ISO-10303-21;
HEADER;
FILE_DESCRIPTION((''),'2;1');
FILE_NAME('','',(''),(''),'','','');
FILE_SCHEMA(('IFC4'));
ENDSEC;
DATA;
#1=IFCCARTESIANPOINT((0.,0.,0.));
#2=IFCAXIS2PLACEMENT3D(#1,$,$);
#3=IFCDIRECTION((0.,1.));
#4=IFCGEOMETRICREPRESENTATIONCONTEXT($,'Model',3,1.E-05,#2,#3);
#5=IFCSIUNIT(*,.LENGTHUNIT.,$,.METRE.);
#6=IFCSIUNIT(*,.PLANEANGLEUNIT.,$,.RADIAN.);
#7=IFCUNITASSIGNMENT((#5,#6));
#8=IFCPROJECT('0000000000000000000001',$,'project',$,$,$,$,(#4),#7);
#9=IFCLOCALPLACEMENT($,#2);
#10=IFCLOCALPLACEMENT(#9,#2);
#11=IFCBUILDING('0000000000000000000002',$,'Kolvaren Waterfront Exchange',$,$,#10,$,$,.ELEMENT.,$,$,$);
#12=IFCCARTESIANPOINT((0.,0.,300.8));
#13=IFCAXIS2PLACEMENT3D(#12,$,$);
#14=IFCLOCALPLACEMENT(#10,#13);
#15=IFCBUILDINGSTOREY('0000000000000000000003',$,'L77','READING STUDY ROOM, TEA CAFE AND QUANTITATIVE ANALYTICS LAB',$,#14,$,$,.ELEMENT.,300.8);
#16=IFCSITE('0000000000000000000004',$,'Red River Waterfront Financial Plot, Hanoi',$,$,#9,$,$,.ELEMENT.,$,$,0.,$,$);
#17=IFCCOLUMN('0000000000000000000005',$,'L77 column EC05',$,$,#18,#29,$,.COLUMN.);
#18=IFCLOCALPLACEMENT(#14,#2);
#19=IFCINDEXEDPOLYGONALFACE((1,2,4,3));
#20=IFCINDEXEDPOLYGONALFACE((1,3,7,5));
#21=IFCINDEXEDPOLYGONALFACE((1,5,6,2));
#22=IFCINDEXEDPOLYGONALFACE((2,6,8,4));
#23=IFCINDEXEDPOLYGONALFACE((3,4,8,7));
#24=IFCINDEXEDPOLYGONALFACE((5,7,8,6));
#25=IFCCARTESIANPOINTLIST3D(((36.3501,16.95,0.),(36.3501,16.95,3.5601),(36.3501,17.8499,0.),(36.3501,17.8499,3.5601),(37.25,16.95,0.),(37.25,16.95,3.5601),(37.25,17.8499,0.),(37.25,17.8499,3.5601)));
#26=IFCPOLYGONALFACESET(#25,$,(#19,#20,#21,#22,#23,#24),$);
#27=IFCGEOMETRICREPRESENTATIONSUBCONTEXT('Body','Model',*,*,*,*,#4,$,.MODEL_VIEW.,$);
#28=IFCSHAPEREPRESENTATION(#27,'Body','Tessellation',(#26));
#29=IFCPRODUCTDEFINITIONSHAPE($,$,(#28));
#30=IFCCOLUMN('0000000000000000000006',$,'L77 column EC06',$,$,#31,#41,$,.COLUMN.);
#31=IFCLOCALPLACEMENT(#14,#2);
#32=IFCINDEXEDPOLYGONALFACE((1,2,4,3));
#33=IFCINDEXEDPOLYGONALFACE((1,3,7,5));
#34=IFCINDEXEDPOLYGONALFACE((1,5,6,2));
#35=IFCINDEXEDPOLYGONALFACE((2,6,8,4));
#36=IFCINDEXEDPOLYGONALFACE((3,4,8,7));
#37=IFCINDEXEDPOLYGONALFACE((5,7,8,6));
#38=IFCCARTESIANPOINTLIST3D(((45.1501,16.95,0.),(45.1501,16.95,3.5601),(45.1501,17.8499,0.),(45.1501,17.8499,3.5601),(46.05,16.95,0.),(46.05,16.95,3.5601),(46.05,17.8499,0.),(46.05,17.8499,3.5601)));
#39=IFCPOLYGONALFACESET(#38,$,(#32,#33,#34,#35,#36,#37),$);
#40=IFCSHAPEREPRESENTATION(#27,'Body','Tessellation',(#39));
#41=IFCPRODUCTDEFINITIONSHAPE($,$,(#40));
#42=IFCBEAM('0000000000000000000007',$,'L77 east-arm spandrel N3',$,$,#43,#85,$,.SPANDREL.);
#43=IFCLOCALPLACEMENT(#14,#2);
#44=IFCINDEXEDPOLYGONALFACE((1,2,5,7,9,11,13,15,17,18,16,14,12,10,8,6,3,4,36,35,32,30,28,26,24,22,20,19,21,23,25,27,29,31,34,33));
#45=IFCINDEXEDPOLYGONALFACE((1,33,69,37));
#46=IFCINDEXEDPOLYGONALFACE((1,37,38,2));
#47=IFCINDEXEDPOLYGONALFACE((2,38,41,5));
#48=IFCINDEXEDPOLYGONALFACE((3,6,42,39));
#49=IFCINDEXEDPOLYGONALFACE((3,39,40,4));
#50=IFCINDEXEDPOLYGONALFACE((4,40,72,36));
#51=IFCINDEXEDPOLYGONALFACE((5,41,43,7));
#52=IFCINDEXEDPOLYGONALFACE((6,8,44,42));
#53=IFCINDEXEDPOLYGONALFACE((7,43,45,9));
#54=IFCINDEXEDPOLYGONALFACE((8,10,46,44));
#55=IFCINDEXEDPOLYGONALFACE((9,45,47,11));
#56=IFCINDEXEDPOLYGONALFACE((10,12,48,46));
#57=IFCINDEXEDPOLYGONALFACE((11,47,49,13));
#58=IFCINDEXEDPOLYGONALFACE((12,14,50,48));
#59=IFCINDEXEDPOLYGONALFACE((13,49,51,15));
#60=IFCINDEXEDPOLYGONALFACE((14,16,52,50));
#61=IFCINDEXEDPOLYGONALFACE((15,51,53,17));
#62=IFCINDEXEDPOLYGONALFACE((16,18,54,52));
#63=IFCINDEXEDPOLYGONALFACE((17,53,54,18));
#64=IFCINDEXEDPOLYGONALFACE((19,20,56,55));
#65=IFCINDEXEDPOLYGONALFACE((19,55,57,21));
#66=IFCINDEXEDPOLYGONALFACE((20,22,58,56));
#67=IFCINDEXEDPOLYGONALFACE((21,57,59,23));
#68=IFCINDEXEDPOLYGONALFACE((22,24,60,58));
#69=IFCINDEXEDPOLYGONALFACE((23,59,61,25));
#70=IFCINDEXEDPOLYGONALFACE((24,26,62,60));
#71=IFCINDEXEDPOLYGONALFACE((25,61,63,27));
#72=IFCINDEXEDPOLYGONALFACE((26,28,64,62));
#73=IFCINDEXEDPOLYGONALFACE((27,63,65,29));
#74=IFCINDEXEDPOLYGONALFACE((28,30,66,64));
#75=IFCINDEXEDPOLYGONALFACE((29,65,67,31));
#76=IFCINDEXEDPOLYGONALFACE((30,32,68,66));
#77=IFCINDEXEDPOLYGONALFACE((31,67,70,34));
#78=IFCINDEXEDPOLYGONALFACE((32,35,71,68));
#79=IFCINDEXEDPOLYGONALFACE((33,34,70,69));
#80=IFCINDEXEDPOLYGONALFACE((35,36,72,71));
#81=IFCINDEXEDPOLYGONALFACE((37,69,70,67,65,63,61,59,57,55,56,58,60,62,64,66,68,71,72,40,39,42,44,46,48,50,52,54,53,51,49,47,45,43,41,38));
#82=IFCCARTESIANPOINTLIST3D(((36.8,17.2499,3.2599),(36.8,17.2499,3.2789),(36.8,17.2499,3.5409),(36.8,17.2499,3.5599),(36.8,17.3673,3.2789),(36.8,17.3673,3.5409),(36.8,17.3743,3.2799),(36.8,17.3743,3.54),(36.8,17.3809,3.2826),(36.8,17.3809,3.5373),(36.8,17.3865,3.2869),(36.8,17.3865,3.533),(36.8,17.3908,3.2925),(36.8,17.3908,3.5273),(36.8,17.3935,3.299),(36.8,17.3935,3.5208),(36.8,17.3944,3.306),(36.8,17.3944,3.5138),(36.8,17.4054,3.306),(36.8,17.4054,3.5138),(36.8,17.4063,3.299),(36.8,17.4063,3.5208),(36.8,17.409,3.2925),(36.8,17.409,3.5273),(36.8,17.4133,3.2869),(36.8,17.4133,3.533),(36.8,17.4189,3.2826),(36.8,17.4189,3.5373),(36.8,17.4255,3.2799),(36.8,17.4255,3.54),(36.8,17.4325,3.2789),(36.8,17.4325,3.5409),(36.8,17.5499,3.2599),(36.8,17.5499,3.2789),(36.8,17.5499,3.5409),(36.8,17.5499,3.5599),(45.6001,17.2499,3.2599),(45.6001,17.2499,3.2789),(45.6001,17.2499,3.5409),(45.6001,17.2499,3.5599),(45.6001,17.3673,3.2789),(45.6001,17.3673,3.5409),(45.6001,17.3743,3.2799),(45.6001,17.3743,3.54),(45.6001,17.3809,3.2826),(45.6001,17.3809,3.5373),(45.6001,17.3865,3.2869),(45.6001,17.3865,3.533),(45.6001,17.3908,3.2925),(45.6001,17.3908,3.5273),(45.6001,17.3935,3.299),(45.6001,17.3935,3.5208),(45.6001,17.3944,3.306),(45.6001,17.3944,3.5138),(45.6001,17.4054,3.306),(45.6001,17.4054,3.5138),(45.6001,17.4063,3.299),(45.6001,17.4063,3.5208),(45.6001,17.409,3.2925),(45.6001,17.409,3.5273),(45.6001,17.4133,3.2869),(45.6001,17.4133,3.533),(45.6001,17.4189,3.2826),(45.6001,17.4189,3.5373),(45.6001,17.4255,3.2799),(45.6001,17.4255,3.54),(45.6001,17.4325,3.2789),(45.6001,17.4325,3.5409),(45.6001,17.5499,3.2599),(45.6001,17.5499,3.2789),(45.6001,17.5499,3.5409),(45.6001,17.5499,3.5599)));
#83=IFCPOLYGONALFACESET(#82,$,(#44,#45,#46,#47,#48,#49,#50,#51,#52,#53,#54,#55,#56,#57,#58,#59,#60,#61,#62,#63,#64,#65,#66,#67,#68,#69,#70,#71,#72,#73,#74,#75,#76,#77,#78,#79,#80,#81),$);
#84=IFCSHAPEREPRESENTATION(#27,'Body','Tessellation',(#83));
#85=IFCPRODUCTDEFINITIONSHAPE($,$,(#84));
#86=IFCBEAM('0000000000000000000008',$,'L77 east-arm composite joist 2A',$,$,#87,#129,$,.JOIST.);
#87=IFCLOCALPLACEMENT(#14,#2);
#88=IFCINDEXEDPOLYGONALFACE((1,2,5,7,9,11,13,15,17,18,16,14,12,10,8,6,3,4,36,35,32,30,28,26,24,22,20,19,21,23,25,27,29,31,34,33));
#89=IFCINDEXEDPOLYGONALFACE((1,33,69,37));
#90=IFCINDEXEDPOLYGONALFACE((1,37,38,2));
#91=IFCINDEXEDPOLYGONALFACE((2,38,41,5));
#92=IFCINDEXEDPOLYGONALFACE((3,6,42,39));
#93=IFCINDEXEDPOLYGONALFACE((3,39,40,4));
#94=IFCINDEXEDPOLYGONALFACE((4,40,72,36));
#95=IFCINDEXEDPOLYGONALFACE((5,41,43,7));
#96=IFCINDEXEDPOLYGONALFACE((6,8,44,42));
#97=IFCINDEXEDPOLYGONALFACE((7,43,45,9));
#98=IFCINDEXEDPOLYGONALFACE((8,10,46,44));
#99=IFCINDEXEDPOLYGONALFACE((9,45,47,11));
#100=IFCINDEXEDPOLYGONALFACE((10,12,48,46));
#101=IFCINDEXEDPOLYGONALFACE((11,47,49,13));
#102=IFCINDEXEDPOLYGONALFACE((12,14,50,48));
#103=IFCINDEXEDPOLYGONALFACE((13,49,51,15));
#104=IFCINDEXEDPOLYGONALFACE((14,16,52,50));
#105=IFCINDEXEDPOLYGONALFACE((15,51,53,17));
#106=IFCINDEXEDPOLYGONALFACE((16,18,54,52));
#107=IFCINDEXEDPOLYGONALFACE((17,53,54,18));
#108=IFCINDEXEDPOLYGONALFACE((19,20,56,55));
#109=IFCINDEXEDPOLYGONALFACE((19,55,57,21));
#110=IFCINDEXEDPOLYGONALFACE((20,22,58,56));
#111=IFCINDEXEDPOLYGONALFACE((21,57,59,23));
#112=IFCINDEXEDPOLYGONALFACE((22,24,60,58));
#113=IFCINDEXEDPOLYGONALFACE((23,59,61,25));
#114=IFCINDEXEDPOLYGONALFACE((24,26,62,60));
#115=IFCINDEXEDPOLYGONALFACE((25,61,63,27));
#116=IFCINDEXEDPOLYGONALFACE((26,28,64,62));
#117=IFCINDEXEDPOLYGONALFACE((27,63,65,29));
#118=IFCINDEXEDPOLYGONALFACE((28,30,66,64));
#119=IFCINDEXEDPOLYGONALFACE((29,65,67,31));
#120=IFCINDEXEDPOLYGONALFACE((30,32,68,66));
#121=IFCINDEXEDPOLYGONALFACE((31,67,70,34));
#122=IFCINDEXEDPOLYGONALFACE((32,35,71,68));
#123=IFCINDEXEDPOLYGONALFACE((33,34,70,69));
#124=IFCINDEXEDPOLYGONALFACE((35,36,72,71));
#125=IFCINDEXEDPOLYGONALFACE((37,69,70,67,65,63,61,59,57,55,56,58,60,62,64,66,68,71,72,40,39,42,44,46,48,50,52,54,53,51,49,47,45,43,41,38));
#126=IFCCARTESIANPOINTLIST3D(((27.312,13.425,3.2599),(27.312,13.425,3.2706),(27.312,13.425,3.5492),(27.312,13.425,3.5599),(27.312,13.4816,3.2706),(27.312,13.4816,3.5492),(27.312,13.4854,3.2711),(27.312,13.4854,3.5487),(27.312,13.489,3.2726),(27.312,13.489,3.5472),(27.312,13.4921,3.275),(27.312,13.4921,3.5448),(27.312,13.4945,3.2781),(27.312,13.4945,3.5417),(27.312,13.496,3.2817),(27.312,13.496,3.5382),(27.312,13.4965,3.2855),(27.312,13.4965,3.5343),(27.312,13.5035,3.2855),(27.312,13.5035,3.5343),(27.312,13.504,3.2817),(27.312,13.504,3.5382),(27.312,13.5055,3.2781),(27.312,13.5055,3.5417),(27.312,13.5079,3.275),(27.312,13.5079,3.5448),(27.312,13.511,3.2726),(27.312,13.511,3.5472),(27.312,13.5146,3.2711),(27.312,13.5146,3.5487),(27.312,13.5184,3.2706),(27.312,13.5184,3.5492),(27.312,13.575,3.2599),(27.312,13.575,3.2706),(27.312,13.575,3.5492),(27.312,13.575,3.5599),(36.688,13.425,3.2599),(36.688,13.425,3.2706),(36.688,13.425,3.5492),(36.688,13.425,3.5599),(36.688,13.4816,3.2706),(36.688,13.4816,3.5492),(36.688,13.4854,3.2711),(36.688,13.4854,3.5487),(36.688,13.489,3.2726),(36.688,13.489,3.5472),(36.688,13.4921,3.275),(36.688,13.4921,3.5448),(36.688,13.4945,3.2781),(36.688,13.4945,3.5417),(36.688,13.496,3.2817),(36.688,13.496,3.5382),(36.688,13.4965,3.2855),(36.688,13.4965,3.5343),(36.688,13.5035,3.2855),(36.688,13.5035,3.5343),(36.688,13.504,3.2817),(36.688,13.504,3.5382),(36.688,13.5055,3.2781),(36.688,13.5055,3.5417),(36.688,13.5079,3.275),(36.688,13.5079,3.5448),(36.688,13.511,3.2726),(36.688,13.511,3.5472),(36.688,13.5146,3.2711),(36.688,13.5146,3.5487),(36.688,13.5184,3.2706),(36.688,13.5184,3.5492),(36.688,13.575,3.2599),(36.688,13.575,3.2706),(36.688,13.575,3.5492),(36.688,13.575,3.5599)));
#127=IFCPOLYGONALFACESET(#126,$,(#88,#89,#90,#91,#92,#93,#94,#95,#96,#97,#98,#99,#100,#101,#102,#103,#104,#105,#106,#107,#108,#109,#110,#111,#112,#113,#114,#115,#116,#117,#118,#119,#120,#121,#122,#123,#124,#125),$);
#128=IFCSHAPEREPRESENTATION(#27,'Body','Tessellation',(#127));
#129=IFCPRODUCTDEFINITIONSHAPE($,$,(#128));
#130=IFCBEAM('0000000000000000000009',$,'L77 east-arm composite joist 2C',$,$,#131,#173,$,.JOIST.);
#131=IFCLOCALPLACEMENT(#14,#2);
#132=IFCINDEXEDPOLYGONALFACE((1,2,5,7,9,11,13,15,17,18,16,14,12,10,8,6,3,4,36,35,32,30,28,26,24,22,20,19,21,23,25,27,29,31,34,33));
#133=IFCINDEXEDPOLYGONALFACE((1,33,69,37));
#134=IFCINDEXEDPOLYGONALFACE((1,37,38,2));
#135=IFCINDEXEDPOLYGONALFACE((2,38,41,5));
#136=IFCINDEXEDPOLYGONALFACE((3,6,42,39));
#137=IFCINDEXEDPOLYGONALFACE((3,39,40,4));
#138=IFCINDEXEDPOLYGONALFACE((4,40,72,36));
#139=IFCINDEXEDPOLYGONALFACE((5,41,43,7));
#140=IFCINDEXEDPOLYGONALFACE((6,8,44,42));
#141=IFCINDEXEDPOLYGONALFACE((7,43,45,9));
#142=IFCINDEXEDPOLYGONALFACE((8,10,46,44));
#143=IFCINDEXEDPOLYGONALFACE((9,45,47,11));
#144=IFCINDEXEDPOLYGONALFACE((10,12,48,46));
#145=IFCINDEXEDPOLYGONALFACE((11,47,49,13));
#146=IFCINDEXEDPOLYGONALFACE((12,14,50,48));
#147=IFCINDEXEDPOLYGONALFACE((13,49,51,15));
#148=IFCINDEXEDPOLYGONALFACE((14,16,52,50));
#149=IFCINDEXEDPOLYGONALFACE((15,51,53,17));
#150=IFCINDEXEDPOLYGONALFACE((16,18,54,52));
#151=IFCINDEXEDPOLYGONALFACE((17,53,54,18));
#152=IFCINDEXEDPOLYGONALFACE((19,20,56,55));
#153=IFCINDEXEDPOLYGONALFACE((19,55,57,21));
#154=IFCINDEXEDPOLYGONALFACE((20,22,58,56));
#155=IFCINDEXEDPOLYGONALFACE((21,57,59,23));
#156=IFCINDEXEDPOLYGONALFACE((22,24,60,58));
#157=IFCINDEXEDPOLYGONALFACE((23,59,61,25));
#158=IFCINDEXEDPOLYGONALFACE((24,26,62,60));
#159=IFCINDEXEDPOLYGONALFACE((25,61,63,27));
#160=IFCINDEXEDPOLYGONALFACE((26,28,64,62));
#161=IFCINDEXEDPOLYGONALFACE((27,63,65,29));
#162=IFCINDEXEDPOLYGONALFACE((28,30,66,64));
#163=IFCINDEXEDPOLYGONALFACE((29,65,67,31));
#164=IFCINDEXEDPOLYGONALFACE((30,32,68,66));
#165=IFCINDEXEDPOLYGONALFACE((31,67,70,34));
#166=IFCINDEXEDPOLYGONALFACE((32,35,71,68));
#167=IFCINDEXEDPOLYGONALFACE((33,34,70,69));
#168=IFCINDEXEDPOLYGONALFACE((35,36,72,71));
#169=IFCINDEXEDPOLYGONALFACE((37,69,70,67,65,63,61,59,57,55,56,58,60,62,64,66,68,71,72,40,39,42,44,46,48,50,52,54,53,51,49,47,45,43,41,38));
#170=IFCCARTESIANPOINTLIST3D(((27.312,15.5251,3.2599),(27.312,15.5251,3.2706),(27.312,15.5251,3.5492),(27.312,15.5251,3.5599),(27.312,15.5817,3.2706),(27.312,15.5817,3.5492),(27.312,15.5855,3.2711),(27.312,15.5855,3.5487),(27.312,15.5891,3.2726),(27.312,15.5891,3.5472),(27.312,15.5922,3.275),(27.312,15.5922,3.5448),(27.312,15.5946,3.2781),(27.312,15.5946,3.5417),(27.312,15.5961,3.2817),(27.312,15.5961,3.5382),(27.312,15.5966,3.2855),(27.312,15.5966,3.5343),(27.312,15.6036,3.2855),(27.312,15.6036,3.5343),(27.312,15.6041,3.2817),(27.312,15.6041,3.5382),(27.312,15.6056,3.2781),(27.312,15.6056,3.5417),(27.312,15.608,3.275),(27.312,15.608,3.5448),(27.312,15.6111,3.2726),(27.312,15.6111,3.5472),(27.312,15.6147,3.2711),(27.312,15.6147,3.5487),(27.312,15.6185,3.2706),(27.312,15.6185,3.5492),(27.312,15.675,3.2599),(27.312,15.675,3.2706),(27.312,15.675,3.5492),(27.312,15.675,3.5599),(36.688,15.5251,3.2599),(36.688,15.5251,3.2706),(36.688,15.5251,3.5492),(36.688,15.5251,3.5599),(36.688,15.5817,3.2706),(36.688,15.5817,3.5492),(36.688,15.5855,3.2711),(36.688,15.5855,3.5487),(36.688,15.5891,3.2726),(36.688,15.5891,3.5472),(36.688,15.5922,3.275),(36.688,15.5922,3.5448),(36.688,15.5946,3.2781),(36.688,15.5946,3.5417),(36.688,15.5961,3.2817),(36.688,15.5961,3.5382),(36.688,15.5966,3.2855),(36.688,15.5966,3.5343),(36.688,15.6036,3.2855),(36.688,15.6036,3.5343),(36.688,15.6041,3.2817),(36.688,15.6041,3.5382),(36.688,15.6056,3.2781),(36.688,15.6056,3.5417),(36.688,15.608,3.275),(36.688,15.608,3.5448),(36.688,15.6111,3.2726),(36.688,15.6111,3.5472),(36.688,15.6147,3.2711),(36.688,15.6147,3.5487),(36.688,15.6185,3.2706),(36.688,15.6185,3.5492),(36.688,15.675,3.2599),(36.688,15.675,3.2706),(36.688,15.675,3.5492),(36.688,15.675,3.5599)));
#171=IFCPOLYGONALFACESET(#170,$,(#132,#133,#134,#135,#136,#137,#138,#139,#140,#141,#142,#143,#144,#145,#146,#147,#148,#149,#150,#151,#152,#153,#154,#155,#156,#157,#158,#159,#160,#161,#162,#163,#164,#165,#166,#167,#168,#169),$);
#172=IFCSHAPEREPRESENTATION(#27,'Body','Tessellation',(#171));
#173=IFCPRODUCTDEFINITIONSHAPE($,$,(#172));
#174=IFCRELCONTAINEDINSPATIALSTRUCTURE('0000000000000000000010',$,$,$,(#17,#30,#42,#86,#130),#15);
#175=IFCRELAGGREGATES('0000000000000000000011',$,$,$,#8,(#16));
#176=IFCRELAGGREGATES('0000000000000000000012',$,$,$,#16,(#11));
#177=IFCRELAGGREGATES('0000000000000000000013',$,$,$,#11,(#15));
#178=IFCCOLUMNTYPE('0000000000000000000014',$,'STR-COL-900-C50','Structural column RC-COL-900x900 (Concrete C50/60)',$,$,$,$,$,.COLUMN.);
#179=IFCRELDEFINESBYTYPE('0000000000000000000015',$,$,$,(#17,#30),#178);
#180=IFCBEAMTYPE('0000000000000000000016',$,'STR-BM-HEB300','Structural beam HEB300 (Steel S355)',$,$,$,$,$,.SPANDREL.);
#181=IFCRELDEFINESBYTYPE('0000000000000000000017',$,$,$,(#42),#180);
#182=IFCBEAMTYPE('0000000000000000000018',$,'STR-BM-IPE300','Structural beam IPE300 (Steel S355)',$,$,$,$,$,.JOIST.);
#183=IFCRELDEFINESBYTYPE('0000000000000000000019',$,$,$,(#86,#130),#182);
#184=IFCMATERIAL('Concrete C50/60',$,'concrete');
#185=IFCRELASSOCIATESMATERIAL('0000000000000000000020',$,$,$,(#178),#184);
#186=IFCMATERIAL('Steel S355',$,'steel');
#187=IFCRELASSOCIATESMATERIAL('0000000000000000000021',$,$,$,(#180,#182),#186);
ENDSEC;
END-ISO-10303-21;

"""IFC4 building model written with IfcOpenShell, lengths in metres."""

from ifc_helpers import new_model, si_unit, direction, frame, origin, origin_2d, place, context, subcontext, project, spatial, rectangle, i_section, extrude, material, material_profile, profile_set, type_object, element, save


model = new_model("IFC4")

# Units and contexts
model_context = context("Model", 3, precision=1e-05, world=origin(), true_north=direction((0.0, 1.0)))
body_context = subcontext(model_context, "Body", "Model", "MODEL_VIEW")
ifc_project = project(units=[si_unit("LENGTHUNIT", "METRE"), si_unit("PLANEANGLEUNIT", "RADIAN")], contexts=[model_context])

# Site, building, storey
site_placement = place(None, origin())
site = spatial("IfcSite", under=ifc_project, at=site_placement, Name="Red River Waterfront Financial Plot, Hanoi", CompositionType="ELEMENT", RefElevation=0.0)
building_placement = place(site_placement, origin())
building = spatial("IfcBuilding", under=site, at=building_placement, Name="Kolvaren Waterfront Exchange", CompositionType="ELEMENT")
storey_placement = place(building_placement, frame((0.0, 0.0, 300.8)))
storey = spatial("IfcBuildingStorey", under=building, at=storey_placement, Name="L77", Description="READING STUDY ROOM, TEA CAFE AND QUANTITATIVE ANALYTICS LAB", CompositionType="ELEMENT", Elevation=300.8)

# Columns
ifc_material_1 = material(Name="Concrete C50/60", Category="concrete")
ifc_material_profile_1 = material_profile(ifc_material_1, rectangle(XDim=0.8999, YDim=0.8999, at=origin_2d()), Name="RC-COL-900x900")
ifc_profile_set_1 = profile_set([ifc_material_profile_1], Name="Concrete C50/60")
column_type = type_object("IfcColumnType", Name="STR-COL-900-C50", Description="Structural column RC-COL-900x900 (Concrete C50/60)", PredefinedType="COLUMN", material=ifc_profile_set_1)
for number, where, z_axis, x_axis, name in (
    (1, (36.8, 17.3999, 0.0), (0.0, 0.0, 1.0), (1.0, 0.0, 0.0), "L77 column EC05"),
    (2, (45.6001, 17.3999, 0.0), (0.0, 0.0, 1.0), (1.0, 0.0, 0.0), "L77 column EC06"),
):
    element("IfcColumn", number, at=place(storey_placement, frame(where, z_axis=z_axis, x_axis=x_axis)), inside=storey, type_object=column_type, Name=name, PredefinedType="COLUMN", context=body_context, shape_type="SweptSolid", body=[
        extrude(rectangle(XDim=0.8999, YDim=0.8999, at=origin_2d()), origin(), (0.0, 0.0, 1.0), 3.5601),
    ])

# Beams
ifc_material_2 = material(Name="Steel S355", Category="steel")
ifc_material_profile_2 = material_profile(ifc_material_2, i_section(OverallWidth=0.3, OverallDepth=0.3, WebThickness=0.011, FlangeThickness=0.019, FilletRadius=0.0271, at=origin_2d()), Name="HEB300")
ifc_profile_set_2 = profile_set([ifc_material_profile_2], Name="Steel S355")
beam_type_1 = type_object("IfcBeamType", Name="STR-BM-HEB300", Description="Structural beam HEB300 (Steel S355)", PredefinedType="SPANDREL", material=ifc_profile_set_2)
beam_placement = place(storey_placement, frame((36.8, 17.3999, 3.4099), z_axis=(1.0, 0.0, 0.0), x_axis=(0.0, 1.0, 0.0)))
element("IfcBeam", 3, at=beam_placement, inside=storey, type_object=beam_type_1, Name="L77 east-arm spandrel N3", PredefinedType="SPANDREL", context=body_context, shape_type="SweptSolid", body=[
    extrude(i_section(OverallWidth=0.3, OverallDepth=0.3, WebThickness=0.011, FlangeThickness=0.019, FilletRadius=0.0271, at=origin_2d()), origin(), (0.0, 0.0, 1.0), 8.8),
])
ifc_material_profile_3 = material_profile(ifc_material_2, i_section(OverallWidth=0.1499, OverallDepth=0.3, WebThickness=0.0071, FlangeThickness=0.0107, FilletRadius=0.0149, at=origin_2d()), Name="IPE300")
ifc_profile_set_3 = profile_set([ifc_material_profile_3], Name="Steel S355")
beam_type_2 = type_object("IfcBeamType", Name="STR-BM-IPE300", Description="Structural beam IPE300 (Steel S355)", PredefinedType="JOIST", material=ifc_profile_set_3)
for number, where, z_axis, x_axis, name in (
    (4, (27.312, 13.5, 3.4099), (1.0, 0.0, 0.0), (0.0, 1.0, 0.0), "L77 east-arm composite joist 2A"),
    (5, (27.312, 15.6001, 3.4099), (1.0, 0.0, 0.0), (0.0, 1.0, 0.0), "L77 east-arm composite joist 2C"),
):
    element("IfcBeam", number, at=place(storey_placement, frame(where, z_axis=z_axis, x_axis=x_axis)), inside=storey, type_object=beam_type_2, Name=name, PredefinedType="JOIST", context=body_context, shape_type="SweptSolid", body=[
        extrude(i_section(OverallWidth=0.1499, OverallDepth=0.3, WebThickness=0.0071, FlangeThickness=0.0107, FilletRadius=0.0149, at=origin_2d()), origin(), (0.0, 0.0, 1.0), 9.376),
    ])

save(model, "model.ifc")
